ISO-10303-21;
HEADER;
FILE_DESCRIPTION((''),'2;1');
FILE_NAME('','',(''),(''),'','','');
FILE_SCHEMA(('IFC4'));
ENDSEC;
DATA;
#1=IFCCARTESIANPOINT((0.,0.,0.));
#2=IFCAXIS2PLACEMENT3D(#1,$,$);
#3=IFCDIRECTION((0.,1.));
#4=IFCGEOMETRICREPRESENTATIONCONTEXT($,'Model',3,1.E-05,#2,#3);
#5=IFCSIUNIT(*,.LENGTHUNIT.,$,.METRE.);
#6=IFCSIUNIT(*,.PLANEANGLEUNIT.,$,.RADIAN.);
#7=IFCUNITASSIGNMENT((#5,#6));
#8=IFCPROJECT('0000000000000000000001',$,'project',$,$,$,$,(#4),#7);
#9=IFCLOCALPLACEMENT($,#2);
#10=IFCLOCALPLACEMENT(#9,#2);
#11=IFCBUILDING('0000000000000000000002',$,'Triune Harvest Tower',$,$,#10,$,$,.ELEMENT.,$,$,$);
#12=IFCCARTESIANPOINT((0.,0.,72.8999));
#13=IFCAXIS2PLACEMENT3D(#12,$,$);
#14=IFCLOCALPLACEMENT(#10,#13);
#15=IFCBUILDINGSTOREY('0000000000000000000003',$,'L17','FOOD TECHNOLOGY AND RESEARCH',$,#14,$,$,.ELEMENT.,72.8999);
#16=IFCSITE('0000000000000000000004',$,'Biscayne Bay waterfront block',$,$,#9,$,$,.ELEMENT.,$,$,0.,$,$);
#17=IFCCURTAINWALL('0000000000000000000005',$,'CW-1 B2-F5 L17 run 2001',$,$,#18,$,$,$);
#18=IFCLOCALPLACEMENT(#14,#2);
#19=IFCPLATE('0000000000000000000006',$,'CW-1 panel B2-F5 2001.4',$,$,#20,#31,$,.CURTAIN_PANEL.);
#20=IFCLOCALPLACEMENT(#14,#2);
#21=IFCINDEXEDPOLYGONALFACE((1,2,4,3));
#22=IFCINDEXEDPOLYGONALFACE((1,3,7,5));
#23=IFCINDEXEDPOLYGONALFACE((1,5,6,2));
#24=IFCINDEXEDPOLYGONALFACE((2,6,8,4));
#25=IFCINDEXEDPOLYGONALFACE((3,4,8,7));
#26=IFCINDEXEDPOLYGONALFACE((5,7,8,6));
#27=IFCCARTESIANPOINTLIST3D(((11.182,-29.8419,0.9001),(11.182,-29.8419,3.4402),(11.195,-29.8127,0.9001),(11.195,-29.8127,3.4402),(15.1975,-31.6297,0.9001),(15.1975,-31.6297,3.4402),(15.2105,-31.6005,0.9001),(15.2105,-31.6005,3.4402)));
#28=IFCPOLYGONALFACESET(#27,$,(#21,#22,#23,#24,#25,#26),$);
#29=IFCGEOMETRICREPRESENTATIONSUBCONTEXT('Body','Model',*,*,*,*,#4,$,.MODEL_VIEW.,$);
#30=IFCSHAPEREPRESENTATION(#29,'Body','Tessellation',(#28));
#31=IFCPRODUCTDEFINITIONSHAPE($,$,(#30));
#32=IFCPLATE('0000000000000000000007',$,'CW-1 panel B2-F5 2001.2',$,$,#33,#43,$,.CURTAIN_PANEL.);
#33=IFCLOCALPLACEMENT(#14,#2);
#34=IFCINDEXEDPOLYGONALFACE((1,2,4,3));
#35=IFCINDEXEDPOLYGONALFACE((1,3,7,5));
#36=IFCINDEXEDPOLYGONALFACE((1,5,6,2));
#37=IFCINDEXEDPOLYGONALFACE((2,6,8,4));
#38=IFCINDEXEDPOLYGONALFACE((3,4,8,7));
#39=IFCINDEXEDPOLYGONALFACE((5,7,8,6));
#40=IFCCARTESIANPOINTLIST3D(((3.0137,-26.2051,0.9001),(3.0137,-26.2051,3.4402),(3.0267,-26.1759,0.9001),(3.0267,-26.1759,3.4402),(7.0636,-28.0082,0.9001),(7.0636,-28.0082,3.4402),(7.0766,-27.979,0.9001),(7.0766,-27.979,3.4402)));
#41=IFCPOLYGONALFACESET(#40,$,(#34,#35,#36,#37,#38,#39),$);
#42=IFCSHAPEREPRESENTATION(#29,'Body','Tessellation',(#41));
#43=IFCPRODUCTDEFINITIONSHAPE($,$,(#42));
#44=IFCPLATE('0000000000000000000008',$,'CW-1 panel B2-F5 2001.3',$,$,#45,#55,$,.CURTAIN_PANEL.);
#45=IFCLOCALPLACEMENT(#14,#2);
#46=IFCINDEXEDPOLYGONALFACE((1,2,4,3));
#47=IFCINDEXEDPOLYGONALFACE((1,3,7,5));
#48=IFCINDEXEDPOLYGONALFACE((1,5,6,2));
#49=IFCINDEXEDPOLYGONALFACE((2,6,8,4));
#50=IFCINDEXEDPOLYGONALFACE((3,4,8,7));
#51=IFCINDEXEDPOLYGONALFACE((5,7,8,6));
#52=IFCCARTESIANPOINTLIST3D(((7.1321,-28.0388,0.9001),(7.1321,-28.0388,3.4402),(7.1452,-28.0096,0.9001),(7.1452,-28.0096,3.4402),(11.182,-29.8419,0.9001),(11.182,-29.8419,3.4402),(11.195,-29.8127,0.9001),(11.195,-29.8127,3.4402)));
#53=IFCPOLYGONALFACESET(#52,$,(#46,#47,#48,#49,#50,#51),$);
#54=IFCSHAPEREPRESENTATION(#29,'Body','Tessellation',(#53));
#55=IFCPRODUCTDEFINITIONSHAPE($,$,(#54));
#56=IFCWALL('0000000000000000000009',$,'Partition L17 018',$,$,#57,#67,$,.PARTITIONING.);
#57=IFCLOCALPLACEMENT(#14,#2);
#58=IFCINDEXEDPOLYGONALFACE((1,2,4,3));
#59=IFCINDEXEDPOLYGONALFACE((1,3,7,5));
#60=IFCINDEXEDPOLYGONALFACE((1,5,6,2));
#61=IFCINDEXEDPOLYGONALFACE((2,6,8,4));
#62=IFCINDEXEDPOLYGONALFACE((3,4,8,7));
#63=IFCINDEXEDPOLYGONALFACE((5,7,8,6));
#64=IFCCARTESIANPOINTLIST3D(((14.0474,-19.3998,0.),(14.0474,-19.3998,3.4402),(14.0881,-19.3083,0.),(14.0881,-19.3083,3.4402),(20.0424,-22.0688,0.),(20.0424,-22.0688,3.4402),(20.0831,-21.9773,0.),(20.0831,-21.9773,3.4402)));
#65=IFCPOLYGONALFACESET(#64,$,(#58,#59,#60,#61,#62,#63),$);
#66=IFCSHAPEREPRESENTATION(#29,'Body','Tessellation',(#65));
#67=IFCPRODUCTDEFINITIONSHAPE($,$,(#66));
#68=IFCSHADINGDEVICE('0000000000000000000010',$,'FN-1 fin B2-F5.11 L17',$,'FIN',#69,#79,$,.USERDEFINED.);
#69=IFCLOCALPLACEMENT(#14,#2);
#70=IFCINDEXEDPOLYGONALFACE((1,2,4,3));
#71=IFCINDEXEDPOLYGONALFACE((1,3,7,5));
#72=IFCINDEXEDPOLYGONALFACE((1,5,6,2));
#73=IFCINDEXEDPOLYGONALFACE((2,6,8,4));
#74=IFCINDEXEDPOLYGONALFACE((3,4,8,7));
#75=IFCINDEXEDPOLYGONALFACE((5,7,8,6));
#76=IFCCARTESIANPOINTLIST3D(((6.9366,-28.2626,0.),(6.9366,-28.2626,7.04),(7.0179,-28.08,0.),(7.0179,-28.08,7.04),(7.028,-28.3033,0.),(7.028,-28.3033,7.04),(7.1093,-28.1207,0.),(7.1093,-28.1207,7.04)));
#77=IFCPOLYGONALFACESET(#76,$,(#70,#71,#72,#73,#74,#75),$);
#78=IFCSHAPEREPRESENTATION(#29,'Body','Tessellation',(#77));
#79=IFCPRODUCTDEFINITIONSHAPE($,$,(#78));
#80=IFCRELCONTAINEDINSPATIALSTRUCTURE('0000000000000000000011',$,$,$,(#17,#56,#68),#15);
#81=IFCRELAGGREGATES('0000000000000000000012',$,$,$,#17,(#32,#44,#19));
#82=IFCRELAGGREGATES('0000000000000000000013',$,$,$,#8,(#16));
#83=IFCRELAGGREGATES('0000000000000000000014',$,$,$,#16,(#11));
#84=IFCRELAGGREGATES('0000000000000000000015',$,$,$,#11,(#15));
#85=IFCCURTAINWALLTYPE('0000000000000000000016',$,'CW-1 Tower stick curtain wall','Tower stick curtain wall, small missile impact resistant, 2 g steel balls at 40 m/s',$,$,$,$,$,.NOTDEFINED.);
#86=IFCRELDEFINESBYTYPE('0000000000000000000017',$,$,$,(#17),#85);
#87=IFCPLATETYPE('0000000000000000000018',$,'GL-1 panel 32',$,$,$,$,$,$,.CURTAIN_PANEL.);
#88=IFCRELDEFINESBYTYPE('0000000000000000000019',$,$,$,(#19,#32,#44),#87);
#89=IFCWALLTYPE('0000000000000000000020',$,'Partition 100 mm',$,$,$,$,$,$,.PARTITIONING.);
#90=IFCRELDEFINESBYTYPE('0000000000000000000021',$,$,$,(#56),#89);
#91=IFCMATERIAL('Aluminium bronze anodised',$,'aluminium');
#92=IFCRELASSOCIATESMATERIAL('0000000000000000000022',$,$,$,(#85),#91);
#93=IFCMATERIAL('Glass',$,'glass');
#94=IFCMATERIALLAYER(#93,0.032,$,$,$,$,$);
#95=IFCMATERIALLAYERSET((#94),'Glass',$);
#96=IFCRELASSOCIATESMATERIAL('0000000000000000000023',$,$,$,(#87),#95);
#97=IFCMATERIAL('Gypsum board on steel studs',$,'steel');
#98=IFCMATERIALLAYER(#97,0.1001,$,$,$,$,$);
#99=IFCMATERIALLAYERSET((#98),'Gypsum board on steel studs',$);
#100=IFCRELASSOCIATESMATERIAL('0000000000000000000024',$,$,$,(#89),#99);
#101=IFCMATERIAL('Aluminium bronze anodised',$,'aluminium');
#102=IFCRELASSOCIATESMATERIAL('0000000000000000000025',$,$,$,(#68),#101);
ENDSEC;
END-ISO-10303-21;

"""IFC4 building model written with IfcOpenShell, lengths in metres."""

from ifc_helpers import new_model, si_unit, direction, frame, frame_2d, origin, origin_2d, place, context, subcontext, project, spatial, rectangle, extrude, source, transform, mapped, material, layer, layer_set, type_object, element, aggregate, save


model = new_model("IFC4")

# Units and contexts
model_context = context("Model", 3, precision=1e-05, world=origin(), true_north=direction((0.0, 1.0)))
body_context = subcontext(model_context, "Body", "Model", "MODEL_VIEW")
ifc_project = project(units=[si_unit("LENGTHUNIT", "METRE"), si_unit("PLANEANGLEUNIT", "RADIAN")], contexts=[model_context])

# Site, building, storey
site_placement = place(None, origin())
site = spatial("IfcSite", under=ifc_project, at=site_placement, Name="Biscayne Bay waterfront block", CompositionType="ELEMENT", RefElevation=0.0)
building_placement = place(site_placement, origin())
building = spatial("IfcBuilding", under=site, at=building_placement, Name="Triune Harvest Tower", CompositionType="ELEMENT")
storey_placement = place(building_placement, frame((0.0, 0.0, 72.8999)))
storey = spatial("IfcBuildingStorey", under=building, at=storey_placement, Name="L17", Description="FOOD TECHNOLOGY AND RESEARCH", CompositionType="ELEMENT", Elevation=72.8999)

# Shared definitions
ifc_material_1 = material(Name="Aluminium bronze anodised", Category="aluminium")
curtain_wall_type = type_object("IfcCurtainWallType", Name="CW-1 Tower stick curtain wall", Description="Tower stick curtain wall, small missile impact resistant, 2 g steel balls at 40 m/s", PredefinedType="NOTDEFINED", material=ifc_material_1)

# Curtain wall
curtain_wall_1_placement = place(storey_placement, origin())
curtain_wall_1 = element("IfcCurtainWall", 1, at=curtain_wall_1_placement, inside=storey, type_object=curtain_wall_type, Name="CW-1 B2-F5 L17 run 2001")

# Plates
ifc_material_2 = material(Name="Glass", Category="glass")
ifc_layer_1 = layer(ifc_material_2, 0.032)
ifc_layer_set_1 = layer_set([ifc_layer_1], Name="Glass")
plate_type = type_object("IfcPlateType", Name="GL-1 panel 32", PredefinedType="CURTAIN_PANEL", material=ifc_layer_set_1)
shared_shape_1 = source(origin(), body_context, "Body", "SweptSolid", [
    extrude(rectangle(XDim=4.3955, YDim=0.032, at=origin_2d()), origin(), (0.0, 0.0, 1.0), 2.54),
])
plate_1_placement = place(storey_placement, frame((13.1963, -30.7212, 0.9001), z_axis=(0.0, 0.0, 1.0), x_axis=(0.913545, -0.406737, 0.0)))
plate_1 = element("IfcPlate", 2, at=plate_1_placement, type_object=plate_type, Name="CW-1 panel B2-F5 2001.4", PredefinedType="CURTAIN_PANEL", context=body_context, shape_type="MappedRepresentation", body=[
    mapped(shared_shape_1, transform((0.0, 0.0, 0.0), scale=1.0)),
])
shared_shape_2 = source(origin(), body_context, "Body", "SweptSolid", [
    extrude(rectangle(XDim=4.4331, YDim=0.032, at=origin_2d()), origin(), (0.0, 0.0, 1.0), 2.54),
])
plate_2_placement = place(storey_placement, frame((5.0452, -27.092, 0.9001), z_axis=(0.0, 0.0, 1.0), x_axis=(0.913545, -0.406737, 0.0)))
plate_2 = element("IfcPlate", 3, at=plate_2_placement, type_object=plate_type, Name="CW-1 panel B2-F5 2001.2", PredefinedType="CURTAIN_PANEL", context=body_context, shape_type="MappedRepresentation", body=[
    mapped(shared_shape_2, transform((0.0, 0.0, 0.0), scale=1.0)),
])
plate_3_placement = place(storey_placement, frame((9.1636, -28.9258, 0.9001), z_axis=(0.0, 0.0, 1.0), x_axis=(0.913545, -0.406737, 0.0)))
plate_3 = element("IfcPlate", 4, at=plate_3_placement, type_object=plate_type, Name="CW-1 panel B2-F5 2001.3", PredefinedType="CURTAIN_PANEL", context=body_context, shape_type="MappedRepresentation", body=[
    mapped(shared_shape_2, transform((0.0, 0.0, 0.0), scale=1.0)),
])
aggregate(curtain_wall_1, [plate_2, plate_3, plate_1])

# Wall
ifc_material_3 = material(Name="Gypsum board on steel studs", Category="steel")
ifc_layer_2 = layer(ifc_material_3, 0.1001)
ifc_layer_set_2 = layer_set([ifc_layer_2], Name="Gypsum board on steel studs")
wall_type = type_object("IfcWallType", Name="Partition 100 mm", PredefinedType="PARTITIONING", material=ifc_layer_set_2)
wall_placement = place(storey_placement, frame((14.0676, -19.354, 0.0), z_axis=(0.0, 0.0, 1.0), x_axis=(0.913554, -0.406718, 0.0)))
element("IfcWall", 5, at=wall_placement, inside=storey, type_object=wall_type, Name="Partition L17 018", PredefinedType="PARTITIONING", context=body_context, shape_type="SweptSolid", body=[
    extrude(rectangle(XDim=6.5623, YDim=0.1001, at=frame_2d((3.2812, 0.0))), origin(), (0.0, 0.0, 1.0), 3.4402),
])

# Shading device
ifc_material_4 = material(Name="Aluminium bronze anodised", Category="aluminium")
shared_shape_3 = source(origin(), body_context, "Body", "SweptSolid", [
    extrude(rectangle(XDim=0.1001, YDim=0.2, at=origin_2d()), origin(), (0.0, 0.0, 1.0), 7.04),
])
shading_device_placement = place(storey_placement, frame((7.0229, -28.1917, 0.0), z_axis=(0.0, 0.0, 1.0), x_axis=(0.913545, -0.406737, 0.0)))
element("IfcShadingDevice", 6, at=shading_device_placement, inside=storey, material=ifc_material_4, Name="FN-1 fin B2-F5.11 L17", ObjectType="FIN", PredefinedType="USERDEFINED", context=body_context, shape_type="MappedRepresentation", body=[
    mapped(shared_shape_3, transform((0.0, 0.0, 0.0), scale=1.0)),
])

save(model, "model.ifc")
